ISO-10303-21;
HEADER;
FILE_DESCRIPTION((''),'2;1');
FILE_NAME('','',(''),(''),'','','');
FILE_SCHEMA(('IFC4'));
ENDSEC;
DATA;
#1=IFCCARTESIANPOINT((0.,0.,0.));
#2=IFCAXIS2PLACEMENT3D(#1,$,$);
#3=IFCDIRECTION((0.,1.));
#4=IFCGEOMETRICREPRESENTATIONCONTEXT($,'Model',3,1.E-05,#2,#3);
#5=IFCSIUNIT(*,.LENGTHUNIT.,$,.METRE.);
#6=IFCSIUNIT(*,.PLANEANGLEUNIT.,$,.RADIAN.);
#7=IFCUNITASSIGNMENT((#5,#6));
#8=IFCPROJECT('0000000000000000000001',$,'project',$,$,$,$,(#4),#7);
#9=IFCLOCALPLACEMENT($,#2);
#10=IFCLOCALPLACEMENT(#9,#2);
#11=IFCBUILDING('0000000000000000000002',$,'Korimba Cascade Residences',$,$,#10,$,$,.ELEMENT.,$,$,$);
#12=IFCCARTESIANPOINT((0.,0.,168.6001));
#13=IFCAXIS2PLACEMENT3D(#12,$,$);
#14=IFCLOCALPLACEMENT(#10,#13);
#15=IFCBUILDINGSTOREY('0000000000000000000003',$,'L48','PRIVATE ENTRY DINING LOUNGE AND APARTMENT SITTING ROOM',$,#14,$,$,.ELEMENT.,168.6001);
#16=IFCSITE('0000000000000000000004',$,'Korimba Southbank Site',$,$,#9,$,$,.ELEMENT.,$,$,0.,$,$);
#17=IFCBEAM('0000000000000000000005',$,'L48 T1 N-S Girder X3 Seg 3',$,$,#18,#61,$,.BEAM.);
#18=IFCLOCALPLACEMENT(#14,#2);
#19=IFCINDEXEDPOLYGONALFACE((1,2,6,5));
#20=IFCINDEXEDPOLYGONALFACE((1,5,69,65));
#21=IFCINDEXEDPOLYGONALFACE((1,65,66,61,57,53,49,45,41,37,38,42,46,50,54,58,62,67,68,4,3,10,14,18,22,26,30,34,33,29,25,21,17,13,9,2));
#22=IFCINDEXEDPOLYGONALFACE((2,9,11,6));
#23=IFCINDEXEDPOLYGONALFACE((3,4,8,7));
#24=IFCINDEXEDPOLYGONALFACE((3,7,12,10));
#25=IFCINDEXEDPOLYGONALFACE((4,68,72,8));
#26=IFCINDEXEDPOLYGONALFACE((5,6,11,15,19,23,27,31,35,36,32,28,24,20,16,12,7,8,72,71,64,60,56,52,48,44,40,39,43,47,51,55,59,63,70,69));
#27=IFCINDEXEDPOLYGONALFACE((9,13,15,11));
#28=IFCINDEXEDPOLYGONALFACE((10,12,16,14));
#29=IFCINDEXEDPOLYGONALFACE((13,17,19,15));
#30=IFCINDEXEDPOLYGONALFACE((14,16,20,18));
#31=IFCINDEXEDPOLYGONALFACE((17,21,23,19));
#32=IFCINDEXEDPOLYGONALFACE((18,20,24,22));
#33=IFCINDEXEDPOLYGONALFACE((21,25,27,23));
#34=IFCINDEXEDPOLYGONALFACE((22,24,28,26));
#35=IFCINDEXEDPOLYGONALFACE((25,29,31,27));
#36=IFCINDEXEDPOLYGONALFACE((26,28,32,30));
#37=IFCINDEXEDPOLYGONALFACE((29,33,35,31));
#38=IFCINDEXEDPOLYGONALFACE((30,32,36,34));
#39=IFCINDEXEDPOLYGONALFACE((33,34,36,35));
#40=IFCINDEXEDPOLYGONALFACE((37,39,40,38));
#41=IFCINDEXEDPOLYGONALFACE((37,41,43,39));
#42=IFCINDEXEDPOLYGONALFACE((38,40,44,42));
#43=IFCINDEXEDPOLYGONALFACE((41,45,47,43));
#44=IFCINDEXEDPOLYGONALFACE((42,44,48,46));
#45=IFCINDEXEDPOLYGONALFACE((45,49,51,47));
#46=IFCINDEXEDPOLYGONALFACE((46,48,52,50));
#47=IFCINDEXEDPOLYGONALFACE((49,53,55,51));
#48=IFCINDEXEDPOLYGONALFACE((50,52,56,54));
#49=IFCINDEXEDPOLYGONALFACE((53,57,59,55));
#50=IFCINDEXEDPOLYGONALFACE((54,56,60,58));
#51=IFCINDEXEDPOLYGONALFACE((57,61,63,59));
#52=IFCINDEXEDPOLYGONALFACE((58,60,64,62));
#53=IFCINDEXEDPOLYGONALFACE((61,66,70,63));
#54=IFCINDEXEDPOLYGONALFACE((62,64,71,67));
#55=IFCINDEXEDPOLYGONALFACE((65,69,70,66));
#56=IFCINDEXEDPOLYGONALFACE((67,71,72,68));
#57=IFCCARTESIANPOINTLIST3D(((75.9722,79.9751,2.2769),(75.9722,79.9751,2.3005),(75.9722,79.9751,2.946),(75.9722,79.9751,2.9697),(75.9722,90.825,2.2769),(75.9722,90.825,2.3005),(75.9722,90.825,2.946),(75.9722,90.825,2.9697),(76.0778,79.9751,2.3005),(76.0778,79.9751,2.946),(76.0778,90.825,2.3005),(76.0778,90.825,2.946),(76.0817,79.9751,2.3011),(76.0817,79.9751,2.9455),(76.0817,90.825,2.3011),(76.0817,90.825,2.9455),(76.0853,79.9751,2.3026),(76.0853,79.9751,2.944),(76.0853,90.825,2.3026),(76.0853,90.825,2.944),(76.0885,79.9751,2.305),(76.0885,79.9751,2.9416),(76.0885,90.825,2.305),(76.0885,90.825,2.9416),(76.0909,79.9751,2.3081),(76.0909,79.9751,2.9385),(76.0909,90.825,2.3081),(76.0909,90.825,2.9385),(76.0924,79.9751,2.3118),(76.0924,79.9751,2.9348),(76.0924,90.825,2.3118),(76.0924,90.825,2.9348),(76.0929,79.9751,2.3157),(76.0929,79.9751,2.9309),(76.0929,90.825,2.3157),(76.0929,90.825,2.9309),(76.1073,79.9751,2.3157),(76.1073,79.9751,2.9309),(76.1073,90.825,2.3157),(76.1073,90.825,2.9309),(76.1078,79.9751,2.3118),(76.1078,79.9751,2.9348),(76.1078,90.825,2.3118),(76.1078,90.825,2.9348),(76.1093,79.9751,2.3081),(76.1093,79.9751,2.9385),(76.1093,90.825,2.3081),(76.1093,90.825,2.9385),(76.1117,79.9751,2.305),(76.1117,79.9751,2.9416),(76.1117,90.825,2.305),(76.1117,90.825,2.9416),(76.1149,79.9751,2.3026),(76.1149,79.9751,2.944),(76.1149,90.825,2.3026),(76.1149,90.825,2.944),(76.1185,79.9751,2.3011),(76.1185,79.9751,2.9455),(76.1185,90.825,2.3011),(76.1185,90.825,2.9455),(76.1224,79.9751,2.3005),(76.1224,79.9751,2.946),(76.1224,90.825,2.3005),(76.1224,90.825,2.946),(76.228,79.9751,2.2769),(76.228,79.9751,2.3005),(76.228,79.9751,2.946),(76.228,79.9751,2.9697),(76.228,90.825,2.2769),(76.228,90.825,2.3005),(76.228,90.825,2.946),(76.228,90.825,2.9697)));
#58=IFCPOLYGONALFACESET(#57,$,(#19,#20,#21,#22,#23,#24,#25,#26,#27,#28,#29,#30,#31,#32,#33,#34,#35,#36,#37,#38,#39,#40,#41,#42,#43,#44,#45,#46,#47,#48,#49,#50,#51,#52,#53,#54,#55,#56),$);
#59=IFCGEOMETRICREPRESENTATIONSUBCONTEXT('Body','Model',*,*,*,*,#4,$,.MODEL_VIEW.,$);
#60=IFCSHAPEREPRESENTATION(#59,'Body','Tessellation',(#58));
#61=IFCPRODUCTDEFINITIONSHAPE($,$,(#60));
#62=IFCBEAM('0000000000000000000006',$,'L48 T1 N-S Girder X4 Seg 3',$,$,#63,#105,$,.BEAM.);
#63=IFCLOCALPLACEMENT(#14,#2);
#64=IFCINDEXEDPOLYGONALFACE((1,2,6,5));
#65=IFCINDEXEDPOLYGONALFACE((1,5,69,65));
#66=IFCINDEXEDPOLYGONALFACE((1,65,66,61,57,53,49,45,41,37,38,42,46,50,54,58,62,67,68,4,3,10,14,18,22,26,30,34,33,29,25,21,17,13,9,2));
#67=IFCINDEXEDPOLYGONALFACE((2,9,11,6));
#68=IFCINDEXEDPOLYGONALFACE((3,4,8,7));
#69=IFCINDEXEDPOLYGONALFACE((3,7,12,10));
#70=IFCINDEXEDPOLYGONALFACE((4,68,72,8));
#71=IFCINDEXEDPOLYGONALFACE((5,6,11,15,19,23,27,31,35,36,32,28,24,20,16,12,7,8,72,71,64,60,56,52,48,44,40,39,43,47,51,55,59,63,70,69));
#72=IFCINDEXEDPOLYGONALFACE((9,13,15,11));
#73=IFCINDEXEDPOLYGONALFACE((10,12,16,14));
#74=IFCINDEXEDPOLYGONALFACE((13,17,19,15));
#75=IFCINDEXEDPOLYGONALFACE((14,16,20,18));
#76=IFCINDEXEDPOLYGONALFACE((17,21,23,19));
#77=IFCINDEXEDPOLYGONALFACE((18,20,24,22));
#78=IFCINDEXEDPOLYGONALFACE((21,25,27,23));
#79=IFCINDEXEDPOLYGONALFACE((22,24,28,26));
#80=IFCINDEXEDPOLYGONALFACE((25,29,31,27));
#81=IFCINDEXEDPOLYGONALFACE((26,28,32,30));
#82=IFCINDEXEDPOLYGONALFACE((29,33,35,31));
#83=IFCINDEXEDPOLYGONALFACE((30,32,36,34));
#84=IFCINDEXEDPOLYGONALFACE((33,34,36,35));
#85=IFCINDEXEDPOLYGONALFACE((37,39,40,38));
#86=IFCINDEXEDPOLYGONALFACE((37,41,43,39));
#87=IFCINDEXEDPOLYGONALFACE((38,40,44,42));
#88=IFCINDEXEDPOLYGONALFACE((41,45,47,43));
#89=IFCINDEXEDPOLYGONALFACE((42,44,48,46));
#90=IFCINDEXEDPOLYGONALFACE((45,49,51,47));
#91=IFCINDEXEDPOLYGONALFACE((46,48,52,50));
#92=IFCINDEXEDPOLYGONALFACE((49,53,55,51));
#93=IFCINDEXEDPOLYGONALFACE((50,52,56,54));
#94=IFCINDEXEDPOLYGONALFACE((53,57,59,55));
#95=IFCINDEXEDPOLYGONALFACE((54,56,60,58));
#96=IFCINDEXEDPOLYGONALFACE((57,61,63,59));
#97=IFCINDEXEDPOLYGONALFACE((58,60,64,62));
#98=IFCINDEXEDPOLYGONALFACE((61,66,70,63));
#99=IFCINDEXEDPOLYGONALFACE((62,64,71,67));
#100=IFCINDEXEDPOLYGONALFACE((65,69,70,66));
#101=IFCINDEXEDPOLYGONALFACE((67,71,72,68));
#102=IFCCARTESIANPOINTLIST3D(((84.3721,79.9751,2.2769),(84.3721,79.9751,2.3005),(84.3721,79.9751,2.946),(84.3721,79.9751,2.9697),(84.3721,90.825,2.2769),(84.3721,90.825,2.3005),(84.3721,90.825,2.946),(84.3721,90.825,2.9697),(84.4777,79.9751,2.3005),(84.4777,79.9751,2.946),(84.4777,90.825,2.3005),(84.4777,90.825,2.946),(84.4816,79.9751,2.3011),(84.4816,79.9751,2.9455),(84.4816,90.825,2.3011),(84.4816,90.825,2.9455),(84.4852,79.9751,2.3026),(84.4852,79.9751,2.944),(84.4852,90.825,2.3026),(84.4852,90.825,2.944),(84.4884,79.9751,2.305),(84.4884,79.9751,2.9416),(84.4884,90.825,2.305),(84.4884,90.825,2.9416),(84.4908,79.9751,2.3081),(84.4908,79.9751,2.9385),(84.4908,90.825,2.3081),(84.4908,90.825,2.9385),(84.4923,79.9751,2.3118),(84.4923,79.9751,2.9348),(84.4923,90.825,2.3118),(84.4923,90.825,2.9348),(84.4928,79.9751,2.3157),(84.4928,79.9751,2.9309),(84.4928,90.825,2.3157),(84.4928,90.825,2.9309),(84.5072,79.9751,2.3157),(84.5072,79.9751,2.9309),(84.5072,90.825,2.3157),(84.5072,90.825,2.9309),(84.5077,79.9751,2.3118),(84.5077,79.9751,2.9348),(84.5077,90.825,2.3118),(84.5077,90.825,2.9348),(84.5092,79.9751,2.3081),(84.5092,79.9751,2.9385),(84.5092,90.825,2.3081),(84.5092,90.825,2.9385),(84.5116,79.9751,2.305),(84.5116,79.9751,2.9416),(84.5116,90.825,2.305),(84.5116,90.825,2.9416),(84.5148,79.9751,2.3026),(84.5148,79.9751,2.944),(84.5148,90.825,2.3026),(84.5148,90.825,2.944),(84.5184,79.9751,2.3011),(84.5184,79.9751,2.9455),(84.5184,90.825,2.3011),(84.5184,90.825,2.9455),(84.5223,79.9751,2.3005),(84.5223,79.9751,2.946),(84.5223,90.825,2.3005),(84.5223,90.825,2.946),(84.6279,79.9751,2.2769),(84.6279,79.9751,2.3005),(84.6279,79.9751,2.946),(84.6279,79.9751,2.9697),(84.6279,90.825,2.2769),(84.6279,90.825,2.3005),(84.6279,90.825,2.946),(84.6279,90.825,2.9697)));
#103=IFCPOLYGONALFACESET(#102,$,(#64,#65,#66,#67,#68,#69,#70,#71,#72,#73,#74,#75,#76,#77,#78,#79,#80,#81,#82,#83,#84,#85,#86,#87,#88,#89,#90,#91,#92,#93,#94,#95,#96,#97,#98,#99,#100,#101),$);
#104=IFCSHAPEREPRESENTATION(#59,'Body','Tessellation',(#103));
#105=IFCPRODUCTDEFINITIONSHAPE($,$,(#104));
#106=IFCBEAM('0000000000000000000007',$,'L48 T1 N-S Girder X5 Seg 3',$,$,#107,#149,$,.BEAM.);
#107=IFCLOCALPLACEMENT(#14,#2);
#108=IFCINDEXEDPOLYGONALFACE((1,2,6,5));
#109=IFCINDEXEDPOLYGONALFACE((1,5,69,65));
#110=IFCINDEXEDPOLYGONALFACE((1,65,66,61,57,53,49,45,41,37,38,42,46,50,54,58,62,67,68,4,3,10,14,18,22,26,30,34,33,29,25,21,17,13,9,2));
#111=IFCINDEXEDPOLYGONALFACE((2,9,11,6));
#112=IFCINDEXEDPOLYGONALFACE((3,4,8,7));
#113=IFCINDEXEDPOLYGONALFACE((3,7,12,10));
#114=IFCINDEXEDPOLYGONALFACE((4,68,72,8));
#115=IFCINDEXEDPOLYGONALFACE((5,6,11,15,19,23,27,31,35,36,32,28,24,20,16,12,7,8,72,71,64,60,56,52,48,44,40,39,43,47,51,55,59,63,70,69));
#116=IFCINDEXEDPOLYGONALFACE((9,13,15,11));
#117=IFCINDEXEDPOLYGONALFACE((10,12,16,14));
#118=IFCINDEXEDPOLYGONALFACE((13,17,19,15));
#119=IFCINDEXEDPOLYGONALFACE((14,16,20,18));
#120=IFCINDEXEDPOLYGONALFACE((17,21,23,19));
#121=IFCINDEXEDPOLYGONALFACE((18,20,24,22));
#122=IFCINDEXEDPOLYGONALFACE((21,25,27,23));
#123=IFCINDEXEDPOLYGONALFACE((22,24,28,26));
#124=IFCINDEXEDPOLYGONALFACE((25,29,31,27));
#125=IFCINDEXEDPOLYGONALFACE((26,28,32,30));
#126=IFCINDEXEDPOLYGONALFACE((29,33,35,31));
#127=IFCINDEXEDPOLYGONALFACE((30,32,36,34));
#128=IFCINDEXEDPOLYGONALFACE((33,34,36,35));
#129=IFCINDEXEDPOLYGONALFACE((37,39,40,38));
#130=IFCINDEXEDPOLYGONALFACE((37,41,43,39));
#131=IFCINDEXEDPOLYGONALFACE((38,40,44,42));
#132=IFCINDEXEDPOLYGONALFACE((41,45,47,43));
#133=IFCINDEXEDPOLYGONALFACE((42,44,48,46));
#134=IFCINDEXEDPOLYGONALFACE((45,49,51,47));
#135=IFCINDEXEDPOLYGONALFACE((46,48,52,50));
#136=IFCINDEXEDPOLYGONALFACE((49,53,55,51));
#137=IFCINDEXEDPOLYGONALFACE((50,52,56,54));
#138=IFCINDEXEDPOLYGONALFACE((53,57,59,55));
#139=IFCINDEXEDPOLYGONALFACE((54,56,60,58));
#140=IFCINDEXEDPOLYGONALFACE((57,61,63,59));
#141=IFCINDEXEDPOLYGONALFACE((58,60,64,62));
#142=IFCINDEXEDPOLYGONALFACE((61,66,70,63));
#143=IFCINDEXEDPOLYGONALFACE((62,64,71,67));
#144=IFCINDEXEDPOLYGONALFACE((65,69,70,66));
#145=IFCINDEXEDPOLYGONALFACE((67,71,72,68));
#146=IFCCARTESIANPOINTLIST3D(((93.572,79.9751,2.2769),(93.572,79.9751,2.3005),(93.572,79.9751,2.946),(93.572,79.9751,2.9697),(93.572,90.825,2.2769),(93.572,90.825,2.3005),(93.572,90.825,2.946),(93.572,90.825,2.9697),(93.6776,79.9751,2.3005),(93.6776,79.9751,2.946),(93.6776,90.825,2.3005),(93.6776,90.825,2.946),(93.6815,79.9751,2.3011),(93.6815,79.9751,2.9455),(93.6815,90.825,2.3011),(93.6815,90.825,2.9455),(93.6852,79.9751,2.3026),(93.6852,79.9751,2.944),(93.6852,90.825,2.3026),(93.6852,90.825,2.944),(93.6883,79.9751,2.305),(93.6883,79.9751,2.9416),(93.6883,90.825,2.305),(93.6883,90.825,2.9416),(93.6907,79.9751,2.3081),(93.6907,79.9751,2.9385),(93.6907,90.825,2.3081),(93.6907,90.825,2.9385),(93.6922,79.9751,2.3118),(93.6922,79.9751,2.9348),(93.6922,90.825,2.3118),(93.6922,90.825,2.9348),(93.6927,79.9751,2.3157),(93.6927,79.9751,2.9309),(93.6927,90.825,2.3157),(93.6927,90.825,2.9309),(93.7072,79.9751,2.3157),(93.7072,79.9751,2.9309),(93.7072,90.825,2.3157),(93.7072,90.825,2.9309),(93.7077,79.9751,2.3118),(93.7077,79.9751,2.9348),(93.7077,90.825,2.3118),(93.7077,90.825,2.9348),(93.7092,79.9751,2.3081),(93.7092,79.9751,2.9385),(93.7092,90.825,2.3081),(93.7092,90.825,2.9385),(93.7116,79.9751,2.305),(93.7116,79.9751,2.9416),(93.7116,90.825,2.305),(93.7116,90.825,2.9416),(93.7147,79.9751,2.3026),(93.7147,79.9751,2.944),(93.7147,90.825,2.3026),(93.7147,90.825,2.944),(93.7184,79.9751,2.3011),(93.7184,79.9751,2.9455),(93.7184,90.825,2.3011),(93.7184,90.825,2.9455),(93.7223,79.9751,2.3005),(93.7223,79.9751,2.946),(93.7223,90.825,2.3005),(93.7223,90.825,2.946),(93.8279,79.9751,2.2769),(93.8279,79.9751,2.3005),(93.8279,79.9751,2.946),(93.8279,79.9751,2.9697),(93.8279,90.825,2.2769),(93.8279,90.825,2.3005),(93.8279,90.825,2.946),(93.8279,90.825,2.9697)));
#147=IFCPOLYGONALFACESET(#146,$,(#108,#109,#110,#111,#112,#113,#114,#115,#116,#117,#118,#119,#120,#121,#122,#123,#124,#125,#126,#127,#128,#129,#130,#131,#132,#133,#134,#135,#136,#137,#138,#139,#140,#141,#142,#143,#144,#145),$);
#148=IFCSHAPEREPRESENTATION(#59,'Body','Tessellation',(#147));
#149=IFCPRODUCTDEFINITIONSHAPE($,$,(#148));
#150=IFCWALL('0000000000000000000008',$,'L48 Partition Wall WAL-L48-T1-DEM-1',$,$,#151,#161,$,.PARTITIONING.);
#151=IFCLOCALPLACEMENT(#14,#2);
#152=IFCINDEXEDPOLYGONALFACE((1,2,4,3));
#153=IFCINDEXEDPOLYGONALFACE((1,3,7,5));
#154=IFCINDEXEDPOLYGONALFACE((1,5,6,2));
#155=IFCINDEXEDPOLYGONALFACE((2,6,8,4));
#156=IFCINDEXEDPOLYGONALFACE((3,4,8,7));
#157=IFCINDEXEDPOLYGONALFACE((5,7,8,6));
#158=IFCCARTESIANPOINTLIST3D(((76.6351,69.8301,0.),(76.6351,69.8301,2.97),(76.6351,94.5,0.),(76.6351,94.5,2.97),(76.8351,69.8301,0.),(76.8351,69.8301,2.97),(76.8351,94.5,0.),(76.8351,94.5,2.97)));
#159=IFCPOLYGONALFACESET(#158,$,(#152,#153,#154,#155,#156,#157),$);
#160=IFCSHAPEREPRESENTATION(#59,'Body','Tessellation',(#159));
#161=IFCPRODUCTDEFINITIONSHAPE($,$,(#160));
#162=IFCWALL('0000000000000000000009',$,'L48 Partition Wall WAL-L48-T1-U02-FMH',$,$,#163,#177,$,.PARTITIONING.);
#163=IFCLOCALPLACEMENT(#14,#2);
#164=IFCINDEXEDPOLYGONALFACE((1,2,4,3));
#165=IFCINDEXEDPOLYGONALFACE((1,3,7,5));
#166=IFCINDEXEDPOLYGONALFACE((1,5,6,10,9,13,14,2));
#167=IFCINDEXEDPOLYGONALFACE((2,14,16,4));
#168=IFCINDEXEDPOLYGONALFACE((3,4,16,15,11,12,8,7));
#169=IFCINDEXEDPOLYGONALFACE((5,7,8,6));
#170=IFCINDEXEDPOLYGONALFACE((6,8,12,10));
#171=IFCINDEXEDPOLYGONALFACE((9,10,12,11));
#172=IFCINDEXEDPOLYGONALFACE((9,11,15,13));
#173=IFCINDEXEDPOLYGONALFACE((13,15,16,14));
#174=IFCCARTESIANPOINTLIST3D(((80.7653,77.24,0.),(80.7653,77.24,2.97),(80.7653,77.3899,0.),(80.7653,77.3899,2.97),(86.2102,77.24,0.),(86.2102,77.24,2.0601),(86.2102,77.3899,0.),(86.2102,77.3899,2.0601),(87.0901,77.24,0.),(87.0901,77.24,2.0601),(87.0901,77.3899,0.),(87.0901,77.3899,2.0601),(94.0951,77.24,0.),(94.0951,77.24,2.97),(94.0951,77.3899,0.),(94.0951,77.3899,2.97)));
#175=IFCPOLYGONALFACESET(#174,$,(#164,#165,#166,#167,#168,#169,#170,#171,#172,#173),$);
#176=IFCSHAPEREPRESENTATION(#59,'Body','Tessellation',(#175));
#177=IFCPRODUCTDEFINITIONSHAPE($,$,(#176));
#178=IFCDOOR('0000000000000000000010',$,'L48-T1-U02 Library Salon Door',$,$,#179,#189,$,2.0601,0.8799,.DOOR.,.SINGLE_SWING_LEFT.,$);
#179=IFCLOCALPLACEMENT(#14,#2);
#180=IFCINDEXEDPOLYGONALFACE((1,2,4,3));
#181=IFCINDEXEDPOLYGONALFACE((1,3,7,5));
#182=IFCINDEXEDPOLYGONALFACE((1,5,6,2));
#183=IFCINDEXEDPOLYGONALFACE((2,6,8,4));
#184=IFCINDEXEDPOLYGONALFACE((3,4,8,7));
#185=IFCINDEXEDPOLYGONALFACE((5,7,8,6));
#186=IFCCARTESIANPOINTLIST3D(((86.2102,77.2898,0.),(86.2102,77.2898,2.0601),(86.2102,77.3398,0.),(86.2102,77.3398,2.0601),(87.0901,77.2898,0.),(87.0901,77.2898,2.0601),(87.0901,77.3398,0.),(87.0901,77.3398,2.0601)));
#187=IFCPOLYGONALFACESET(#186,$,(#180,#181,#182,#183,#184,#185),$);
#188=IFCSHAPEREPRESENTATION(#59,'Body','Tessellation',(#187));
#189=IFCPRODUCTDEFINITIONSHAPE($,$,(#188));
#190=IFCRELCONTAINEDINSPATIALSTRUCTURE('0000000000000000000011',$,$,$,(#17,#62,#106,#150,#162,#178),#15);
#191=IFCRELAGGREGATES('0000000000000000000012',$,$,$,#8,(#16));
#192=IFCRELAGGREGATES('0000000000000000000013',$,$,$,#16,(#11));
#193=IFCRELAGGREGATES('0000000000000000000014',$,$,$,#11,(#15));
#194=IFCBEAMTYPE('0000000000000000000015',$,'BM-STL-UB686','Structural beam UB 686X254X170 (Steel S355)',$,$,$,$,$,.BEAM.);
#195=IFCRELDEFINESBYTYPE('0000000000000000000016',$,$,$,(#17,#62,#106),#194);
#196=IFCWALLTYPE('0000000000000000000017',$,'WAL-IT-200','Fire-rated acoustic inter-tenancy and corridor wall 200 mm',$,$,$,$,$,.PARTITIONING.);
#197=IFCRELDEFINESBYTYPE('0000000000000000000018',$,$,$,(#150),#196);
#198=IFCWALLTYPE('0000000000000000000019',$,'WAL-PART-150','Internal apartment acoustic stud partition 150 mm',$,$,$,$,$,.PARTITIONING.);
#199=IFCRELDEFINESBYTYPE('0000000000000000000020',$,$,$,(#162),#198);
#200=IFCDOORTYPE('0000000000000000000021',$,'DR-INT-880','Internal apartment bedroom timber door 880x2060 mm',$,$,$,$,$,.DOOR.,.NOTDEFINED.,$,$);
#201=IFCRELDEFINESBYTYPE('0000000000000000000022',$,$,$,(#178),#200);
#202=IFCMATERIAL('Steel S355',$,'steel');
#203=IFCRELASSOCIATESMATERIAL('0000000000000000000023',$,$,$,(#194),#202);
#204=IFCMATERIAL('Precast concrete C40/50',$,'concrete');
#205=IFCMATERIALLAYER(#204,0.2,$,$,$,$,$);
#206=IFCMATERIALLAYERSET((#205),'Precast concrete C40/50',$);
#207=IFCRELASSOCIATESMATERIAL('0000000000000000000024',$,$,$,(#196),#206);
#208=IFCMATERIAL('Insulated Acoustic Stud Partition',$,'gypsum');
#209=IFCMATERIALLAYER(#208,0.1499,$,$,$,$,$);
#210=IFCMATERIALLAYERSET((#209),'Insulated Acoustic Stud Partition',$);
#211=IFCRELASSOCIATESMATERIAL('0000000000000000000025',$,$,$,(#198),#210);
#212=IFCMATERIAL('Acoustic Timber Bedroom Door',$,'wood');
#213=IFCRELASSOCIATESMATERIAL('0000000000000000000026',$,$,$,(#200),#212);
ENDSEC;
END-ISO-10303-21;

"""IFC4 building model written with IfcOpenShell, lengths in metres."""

from ifc_helpers import new_model, si_unit, direction, frame, frame_2d, origin, origin_2d, place, context, subcontext, project, spatial, rectangle, i_section, extrude, material, layer, layer_set, material_profile, profile_set, type_object, element, fill, save


model = new_model("IFC4")

# Units and contexts
model_context = context("Model", 3, precision=1e-05, world=origin(), true_north=direction((0.0, 1.0)))
body_context = subcontext(model_context, "Body", "Model", "MODEL_VIEW")
ifc_project = project(units=[si_unit("LENGTHUNIT", "METRE"), si_unit("PLANEANGLEUNIT", "RADIAN")], contexts=[model_context])

# Site, building, storey
site_placement = place(None, origin())
site = spatial("IfcSite", under=ifc_project, at=site_placement, Name="Korimba Southbank Site", CompositionType="ELEMENT", RefElevation=0.0)
building_placement = place(site_placement, origin())
building = spatial("IfcBuilding", under=site, at=building_placement, Name="Korimba Cascade Residences", CompositionType="ELEMENT")
storey_placement = place(building_placement, frame((0.0, 0.0, 168.6001)))
storey = spatial("IfcBuildingStorey", under=building, at=storey_placement, Name="L48", Description="PRIVATE ENTRY DINING LOUNGE AND APARTMENT SITTING ROOM", CompositionType="ELEMENT", Elevation=168.6001)

# Beams
ifc_material_1 = material(Name="Steel S355", Category="steel")
ifc_material_profile_1 = material_profile(ifc_material_1, i_section(OverallWidth=0.2559, OverallDepth=0.6929, WebThickness=0.0144, FlangeThickness=0.0237, FilletRadius=0.0151, at=origin_2d()), Name="Steel S355")
ifc_profile_set_1 = profile_set([ifc_material_profile_1], Name="Steel S355")
beam_type_1 = type_object("IfcBeamType", Name="BM-STL-UB686", Description="Structural beam UB 686X254X170 (Steel S355)", PredefinedType="BEAM", material=ifc_profile_set_1)
for number, where, z_axis, x_axis, name in (
    (1, (76.1001, 79.9751, 2.6233), (0.0, 1.0, 0.0), (-1.0, 0.0, 0.0), "L48 T1 N-S Girder X3 Seg 3"),
    (2, (84.5, 79.9751, 2.6233), (0.0, 1.0, 0.0), (-1.0, 0.0, 0.0), "L48 T1 N-S Girder X4 Seg 3"),
    (3, (93.7, 79.9751, 2.6233), (0.0, 1.0, 0.0), (-1.0, 0.0, 0.0), "L48 T1 N-S Girder X5 Seg 3"),
):
    element("IfcBeam", number, at=place(storey_placement, frame(where, z_axis=z_axis, x_axis=x_axis)), inside=storey, type_object=beam_type_1, Name=name, PredefinedType="BEAM", context=body_context, shape_type="SweptSolid", body=[
        extrude(i_section(OverallWidth=0.2559, OverallDepth=0.6929, WebThickness=0.0144, FlangeThickness=0.0237, FilletRadius=0.0151, at=origin_2d()), origin(), (0.0, 0.0, 1.0), 10.8499),
    ])

# Wall
ifc_material_2 = material(Name="Precast concrete C40/50", Category="concrete")
ifc_layer_1 = layer(ifc_material_2, 0.2)
ifc_layer_set_1 = layer_set([ifc_layer_1], Name="Precast concrete C40/50")
wall_type_1 = type_object("IfcWallType", Name="WAL-IT-200", Description="Fire-rated acoustic inter-tenancy and corridor wall 200 mm", PredefinedType="PARTITIONING", material=ifc_layer_set_1)
wall_1_placement = place(storey_placement, frame((76.7351, 69.8301, 0.0), z_axis=(0.0, 0.0, 1.0), x_axis=(0.0, 1.0, 0.0)))
element("IfcWall", 4, at=wall_1_placement, inside=storey, type_object=wall_type_1, Name="L48 Partition Wall WAL-L48-T1-DEM-1", PredefinedType="PARTITIONING", context=body_context, shape_type="SweptSolid", body=[
    extrude(rectangle(XDim=24.6699, YDim=0.2, at=frame_2d((12.335, 0.0))), origin(), (0.0, 0.0, 1.0), 2.97),
])

# Wall, opening, door
ifc_material_3 = material(Name="Insulated Acoustic Stud Partition", Category="gypsum")
ifc_layer_2 = layer(ifc_material_3, 0.1499)
ifc_layer_set_2 = layer_set([ifc_layer_2], Name="Insulated Acoustic Stud Partition")
wall_type_2 = type_object("IfcWallType", Name="WAL-PART-150", Description="Internal apartment acoustic stud partition 150 mm", PredefinedType="PARTITIONING", material=ifc_layer_set_2)
wall_2_placement = place(storey_placement, frame((80.7651, 77.3149, 0.0), z_axis=(0.0, 0.0, 1.0), x_axis=(1.0, 0.0, 0.0)))
wall_2 = element("IfcWall", 5, at=wall_2_placement, inside=storey, type_object=wall_type_2, Name="L48 Partition Wall WAL-L48-T1-U02-FMH", PredefinedType="PARTITIONING", context=body_context, shape_type="SweptSolid", body=[
    extrude(rectangle(XDim=13.3298, YDim=0.1499, at=frame_2d((6.665, 0.0))), origin(), (0.0, 0.0, 1.0), 2.97),
])
opening_1_placement = place(wall_2_placement, frame((5.4451, 0.0, 0.0)))
opening_1 = element("IfcOpeningElement", 6, at=opening_1_placement, cuts=wall_2, PredefinedType="OPENING", context=body_context, shape_type="SweptSolid", body=[
    extrude(rectangle(XDim=0.8799, YDim=2.0601, at=frame_2d((0.4399, 1.03))), frame((0.0, 0.085, 0.0), z_axis=(0.0, -1.0, 0.0), x_axis=(1.0, 0.0, 0.0)), (0.0, 0.0, 1.0), 0.1699),
])
ifc_material_4 = material(Name="Acoustic Timber Bedroom Door", Category="wood")
door_type_1 = type_object("IfcDoorType", Name="DR-INT-880", Description="Internal apartment bedroom timber door 880x2060 mm", OperationType="NOTDEFINED", PredefinedType="DOOR", material=ifc_material_4)
door_1_placement = place(opening_1_placement, origin())
door_1 = element("IfcDoor", 7, at=door_1_placement, inside=storey, type_object=door_type_1, Name="L48-T1-U02 Library Salon Door", OperationType="SINGLE_SWING_LEFT", OverallHeight=2.0601, OverallWidth=0.8799, PredefinedType="DOOR", context=body_context, shape_type="SweptSolid", body=[
    extrude(rectangle(XDim=0.8799, YDim=2.0601, at=frame_2d((0.4399, 1.03))), frame((0.0, 0.0249, 0.0), z_axis=(0.0, -1.0, 0.0), x_axis=(1.0, 0.0, 0.0)), (0.0, 0.0, 1.0), 0.05),
])
fill(opening_1, door_1)

save(model, "model.ifc")
